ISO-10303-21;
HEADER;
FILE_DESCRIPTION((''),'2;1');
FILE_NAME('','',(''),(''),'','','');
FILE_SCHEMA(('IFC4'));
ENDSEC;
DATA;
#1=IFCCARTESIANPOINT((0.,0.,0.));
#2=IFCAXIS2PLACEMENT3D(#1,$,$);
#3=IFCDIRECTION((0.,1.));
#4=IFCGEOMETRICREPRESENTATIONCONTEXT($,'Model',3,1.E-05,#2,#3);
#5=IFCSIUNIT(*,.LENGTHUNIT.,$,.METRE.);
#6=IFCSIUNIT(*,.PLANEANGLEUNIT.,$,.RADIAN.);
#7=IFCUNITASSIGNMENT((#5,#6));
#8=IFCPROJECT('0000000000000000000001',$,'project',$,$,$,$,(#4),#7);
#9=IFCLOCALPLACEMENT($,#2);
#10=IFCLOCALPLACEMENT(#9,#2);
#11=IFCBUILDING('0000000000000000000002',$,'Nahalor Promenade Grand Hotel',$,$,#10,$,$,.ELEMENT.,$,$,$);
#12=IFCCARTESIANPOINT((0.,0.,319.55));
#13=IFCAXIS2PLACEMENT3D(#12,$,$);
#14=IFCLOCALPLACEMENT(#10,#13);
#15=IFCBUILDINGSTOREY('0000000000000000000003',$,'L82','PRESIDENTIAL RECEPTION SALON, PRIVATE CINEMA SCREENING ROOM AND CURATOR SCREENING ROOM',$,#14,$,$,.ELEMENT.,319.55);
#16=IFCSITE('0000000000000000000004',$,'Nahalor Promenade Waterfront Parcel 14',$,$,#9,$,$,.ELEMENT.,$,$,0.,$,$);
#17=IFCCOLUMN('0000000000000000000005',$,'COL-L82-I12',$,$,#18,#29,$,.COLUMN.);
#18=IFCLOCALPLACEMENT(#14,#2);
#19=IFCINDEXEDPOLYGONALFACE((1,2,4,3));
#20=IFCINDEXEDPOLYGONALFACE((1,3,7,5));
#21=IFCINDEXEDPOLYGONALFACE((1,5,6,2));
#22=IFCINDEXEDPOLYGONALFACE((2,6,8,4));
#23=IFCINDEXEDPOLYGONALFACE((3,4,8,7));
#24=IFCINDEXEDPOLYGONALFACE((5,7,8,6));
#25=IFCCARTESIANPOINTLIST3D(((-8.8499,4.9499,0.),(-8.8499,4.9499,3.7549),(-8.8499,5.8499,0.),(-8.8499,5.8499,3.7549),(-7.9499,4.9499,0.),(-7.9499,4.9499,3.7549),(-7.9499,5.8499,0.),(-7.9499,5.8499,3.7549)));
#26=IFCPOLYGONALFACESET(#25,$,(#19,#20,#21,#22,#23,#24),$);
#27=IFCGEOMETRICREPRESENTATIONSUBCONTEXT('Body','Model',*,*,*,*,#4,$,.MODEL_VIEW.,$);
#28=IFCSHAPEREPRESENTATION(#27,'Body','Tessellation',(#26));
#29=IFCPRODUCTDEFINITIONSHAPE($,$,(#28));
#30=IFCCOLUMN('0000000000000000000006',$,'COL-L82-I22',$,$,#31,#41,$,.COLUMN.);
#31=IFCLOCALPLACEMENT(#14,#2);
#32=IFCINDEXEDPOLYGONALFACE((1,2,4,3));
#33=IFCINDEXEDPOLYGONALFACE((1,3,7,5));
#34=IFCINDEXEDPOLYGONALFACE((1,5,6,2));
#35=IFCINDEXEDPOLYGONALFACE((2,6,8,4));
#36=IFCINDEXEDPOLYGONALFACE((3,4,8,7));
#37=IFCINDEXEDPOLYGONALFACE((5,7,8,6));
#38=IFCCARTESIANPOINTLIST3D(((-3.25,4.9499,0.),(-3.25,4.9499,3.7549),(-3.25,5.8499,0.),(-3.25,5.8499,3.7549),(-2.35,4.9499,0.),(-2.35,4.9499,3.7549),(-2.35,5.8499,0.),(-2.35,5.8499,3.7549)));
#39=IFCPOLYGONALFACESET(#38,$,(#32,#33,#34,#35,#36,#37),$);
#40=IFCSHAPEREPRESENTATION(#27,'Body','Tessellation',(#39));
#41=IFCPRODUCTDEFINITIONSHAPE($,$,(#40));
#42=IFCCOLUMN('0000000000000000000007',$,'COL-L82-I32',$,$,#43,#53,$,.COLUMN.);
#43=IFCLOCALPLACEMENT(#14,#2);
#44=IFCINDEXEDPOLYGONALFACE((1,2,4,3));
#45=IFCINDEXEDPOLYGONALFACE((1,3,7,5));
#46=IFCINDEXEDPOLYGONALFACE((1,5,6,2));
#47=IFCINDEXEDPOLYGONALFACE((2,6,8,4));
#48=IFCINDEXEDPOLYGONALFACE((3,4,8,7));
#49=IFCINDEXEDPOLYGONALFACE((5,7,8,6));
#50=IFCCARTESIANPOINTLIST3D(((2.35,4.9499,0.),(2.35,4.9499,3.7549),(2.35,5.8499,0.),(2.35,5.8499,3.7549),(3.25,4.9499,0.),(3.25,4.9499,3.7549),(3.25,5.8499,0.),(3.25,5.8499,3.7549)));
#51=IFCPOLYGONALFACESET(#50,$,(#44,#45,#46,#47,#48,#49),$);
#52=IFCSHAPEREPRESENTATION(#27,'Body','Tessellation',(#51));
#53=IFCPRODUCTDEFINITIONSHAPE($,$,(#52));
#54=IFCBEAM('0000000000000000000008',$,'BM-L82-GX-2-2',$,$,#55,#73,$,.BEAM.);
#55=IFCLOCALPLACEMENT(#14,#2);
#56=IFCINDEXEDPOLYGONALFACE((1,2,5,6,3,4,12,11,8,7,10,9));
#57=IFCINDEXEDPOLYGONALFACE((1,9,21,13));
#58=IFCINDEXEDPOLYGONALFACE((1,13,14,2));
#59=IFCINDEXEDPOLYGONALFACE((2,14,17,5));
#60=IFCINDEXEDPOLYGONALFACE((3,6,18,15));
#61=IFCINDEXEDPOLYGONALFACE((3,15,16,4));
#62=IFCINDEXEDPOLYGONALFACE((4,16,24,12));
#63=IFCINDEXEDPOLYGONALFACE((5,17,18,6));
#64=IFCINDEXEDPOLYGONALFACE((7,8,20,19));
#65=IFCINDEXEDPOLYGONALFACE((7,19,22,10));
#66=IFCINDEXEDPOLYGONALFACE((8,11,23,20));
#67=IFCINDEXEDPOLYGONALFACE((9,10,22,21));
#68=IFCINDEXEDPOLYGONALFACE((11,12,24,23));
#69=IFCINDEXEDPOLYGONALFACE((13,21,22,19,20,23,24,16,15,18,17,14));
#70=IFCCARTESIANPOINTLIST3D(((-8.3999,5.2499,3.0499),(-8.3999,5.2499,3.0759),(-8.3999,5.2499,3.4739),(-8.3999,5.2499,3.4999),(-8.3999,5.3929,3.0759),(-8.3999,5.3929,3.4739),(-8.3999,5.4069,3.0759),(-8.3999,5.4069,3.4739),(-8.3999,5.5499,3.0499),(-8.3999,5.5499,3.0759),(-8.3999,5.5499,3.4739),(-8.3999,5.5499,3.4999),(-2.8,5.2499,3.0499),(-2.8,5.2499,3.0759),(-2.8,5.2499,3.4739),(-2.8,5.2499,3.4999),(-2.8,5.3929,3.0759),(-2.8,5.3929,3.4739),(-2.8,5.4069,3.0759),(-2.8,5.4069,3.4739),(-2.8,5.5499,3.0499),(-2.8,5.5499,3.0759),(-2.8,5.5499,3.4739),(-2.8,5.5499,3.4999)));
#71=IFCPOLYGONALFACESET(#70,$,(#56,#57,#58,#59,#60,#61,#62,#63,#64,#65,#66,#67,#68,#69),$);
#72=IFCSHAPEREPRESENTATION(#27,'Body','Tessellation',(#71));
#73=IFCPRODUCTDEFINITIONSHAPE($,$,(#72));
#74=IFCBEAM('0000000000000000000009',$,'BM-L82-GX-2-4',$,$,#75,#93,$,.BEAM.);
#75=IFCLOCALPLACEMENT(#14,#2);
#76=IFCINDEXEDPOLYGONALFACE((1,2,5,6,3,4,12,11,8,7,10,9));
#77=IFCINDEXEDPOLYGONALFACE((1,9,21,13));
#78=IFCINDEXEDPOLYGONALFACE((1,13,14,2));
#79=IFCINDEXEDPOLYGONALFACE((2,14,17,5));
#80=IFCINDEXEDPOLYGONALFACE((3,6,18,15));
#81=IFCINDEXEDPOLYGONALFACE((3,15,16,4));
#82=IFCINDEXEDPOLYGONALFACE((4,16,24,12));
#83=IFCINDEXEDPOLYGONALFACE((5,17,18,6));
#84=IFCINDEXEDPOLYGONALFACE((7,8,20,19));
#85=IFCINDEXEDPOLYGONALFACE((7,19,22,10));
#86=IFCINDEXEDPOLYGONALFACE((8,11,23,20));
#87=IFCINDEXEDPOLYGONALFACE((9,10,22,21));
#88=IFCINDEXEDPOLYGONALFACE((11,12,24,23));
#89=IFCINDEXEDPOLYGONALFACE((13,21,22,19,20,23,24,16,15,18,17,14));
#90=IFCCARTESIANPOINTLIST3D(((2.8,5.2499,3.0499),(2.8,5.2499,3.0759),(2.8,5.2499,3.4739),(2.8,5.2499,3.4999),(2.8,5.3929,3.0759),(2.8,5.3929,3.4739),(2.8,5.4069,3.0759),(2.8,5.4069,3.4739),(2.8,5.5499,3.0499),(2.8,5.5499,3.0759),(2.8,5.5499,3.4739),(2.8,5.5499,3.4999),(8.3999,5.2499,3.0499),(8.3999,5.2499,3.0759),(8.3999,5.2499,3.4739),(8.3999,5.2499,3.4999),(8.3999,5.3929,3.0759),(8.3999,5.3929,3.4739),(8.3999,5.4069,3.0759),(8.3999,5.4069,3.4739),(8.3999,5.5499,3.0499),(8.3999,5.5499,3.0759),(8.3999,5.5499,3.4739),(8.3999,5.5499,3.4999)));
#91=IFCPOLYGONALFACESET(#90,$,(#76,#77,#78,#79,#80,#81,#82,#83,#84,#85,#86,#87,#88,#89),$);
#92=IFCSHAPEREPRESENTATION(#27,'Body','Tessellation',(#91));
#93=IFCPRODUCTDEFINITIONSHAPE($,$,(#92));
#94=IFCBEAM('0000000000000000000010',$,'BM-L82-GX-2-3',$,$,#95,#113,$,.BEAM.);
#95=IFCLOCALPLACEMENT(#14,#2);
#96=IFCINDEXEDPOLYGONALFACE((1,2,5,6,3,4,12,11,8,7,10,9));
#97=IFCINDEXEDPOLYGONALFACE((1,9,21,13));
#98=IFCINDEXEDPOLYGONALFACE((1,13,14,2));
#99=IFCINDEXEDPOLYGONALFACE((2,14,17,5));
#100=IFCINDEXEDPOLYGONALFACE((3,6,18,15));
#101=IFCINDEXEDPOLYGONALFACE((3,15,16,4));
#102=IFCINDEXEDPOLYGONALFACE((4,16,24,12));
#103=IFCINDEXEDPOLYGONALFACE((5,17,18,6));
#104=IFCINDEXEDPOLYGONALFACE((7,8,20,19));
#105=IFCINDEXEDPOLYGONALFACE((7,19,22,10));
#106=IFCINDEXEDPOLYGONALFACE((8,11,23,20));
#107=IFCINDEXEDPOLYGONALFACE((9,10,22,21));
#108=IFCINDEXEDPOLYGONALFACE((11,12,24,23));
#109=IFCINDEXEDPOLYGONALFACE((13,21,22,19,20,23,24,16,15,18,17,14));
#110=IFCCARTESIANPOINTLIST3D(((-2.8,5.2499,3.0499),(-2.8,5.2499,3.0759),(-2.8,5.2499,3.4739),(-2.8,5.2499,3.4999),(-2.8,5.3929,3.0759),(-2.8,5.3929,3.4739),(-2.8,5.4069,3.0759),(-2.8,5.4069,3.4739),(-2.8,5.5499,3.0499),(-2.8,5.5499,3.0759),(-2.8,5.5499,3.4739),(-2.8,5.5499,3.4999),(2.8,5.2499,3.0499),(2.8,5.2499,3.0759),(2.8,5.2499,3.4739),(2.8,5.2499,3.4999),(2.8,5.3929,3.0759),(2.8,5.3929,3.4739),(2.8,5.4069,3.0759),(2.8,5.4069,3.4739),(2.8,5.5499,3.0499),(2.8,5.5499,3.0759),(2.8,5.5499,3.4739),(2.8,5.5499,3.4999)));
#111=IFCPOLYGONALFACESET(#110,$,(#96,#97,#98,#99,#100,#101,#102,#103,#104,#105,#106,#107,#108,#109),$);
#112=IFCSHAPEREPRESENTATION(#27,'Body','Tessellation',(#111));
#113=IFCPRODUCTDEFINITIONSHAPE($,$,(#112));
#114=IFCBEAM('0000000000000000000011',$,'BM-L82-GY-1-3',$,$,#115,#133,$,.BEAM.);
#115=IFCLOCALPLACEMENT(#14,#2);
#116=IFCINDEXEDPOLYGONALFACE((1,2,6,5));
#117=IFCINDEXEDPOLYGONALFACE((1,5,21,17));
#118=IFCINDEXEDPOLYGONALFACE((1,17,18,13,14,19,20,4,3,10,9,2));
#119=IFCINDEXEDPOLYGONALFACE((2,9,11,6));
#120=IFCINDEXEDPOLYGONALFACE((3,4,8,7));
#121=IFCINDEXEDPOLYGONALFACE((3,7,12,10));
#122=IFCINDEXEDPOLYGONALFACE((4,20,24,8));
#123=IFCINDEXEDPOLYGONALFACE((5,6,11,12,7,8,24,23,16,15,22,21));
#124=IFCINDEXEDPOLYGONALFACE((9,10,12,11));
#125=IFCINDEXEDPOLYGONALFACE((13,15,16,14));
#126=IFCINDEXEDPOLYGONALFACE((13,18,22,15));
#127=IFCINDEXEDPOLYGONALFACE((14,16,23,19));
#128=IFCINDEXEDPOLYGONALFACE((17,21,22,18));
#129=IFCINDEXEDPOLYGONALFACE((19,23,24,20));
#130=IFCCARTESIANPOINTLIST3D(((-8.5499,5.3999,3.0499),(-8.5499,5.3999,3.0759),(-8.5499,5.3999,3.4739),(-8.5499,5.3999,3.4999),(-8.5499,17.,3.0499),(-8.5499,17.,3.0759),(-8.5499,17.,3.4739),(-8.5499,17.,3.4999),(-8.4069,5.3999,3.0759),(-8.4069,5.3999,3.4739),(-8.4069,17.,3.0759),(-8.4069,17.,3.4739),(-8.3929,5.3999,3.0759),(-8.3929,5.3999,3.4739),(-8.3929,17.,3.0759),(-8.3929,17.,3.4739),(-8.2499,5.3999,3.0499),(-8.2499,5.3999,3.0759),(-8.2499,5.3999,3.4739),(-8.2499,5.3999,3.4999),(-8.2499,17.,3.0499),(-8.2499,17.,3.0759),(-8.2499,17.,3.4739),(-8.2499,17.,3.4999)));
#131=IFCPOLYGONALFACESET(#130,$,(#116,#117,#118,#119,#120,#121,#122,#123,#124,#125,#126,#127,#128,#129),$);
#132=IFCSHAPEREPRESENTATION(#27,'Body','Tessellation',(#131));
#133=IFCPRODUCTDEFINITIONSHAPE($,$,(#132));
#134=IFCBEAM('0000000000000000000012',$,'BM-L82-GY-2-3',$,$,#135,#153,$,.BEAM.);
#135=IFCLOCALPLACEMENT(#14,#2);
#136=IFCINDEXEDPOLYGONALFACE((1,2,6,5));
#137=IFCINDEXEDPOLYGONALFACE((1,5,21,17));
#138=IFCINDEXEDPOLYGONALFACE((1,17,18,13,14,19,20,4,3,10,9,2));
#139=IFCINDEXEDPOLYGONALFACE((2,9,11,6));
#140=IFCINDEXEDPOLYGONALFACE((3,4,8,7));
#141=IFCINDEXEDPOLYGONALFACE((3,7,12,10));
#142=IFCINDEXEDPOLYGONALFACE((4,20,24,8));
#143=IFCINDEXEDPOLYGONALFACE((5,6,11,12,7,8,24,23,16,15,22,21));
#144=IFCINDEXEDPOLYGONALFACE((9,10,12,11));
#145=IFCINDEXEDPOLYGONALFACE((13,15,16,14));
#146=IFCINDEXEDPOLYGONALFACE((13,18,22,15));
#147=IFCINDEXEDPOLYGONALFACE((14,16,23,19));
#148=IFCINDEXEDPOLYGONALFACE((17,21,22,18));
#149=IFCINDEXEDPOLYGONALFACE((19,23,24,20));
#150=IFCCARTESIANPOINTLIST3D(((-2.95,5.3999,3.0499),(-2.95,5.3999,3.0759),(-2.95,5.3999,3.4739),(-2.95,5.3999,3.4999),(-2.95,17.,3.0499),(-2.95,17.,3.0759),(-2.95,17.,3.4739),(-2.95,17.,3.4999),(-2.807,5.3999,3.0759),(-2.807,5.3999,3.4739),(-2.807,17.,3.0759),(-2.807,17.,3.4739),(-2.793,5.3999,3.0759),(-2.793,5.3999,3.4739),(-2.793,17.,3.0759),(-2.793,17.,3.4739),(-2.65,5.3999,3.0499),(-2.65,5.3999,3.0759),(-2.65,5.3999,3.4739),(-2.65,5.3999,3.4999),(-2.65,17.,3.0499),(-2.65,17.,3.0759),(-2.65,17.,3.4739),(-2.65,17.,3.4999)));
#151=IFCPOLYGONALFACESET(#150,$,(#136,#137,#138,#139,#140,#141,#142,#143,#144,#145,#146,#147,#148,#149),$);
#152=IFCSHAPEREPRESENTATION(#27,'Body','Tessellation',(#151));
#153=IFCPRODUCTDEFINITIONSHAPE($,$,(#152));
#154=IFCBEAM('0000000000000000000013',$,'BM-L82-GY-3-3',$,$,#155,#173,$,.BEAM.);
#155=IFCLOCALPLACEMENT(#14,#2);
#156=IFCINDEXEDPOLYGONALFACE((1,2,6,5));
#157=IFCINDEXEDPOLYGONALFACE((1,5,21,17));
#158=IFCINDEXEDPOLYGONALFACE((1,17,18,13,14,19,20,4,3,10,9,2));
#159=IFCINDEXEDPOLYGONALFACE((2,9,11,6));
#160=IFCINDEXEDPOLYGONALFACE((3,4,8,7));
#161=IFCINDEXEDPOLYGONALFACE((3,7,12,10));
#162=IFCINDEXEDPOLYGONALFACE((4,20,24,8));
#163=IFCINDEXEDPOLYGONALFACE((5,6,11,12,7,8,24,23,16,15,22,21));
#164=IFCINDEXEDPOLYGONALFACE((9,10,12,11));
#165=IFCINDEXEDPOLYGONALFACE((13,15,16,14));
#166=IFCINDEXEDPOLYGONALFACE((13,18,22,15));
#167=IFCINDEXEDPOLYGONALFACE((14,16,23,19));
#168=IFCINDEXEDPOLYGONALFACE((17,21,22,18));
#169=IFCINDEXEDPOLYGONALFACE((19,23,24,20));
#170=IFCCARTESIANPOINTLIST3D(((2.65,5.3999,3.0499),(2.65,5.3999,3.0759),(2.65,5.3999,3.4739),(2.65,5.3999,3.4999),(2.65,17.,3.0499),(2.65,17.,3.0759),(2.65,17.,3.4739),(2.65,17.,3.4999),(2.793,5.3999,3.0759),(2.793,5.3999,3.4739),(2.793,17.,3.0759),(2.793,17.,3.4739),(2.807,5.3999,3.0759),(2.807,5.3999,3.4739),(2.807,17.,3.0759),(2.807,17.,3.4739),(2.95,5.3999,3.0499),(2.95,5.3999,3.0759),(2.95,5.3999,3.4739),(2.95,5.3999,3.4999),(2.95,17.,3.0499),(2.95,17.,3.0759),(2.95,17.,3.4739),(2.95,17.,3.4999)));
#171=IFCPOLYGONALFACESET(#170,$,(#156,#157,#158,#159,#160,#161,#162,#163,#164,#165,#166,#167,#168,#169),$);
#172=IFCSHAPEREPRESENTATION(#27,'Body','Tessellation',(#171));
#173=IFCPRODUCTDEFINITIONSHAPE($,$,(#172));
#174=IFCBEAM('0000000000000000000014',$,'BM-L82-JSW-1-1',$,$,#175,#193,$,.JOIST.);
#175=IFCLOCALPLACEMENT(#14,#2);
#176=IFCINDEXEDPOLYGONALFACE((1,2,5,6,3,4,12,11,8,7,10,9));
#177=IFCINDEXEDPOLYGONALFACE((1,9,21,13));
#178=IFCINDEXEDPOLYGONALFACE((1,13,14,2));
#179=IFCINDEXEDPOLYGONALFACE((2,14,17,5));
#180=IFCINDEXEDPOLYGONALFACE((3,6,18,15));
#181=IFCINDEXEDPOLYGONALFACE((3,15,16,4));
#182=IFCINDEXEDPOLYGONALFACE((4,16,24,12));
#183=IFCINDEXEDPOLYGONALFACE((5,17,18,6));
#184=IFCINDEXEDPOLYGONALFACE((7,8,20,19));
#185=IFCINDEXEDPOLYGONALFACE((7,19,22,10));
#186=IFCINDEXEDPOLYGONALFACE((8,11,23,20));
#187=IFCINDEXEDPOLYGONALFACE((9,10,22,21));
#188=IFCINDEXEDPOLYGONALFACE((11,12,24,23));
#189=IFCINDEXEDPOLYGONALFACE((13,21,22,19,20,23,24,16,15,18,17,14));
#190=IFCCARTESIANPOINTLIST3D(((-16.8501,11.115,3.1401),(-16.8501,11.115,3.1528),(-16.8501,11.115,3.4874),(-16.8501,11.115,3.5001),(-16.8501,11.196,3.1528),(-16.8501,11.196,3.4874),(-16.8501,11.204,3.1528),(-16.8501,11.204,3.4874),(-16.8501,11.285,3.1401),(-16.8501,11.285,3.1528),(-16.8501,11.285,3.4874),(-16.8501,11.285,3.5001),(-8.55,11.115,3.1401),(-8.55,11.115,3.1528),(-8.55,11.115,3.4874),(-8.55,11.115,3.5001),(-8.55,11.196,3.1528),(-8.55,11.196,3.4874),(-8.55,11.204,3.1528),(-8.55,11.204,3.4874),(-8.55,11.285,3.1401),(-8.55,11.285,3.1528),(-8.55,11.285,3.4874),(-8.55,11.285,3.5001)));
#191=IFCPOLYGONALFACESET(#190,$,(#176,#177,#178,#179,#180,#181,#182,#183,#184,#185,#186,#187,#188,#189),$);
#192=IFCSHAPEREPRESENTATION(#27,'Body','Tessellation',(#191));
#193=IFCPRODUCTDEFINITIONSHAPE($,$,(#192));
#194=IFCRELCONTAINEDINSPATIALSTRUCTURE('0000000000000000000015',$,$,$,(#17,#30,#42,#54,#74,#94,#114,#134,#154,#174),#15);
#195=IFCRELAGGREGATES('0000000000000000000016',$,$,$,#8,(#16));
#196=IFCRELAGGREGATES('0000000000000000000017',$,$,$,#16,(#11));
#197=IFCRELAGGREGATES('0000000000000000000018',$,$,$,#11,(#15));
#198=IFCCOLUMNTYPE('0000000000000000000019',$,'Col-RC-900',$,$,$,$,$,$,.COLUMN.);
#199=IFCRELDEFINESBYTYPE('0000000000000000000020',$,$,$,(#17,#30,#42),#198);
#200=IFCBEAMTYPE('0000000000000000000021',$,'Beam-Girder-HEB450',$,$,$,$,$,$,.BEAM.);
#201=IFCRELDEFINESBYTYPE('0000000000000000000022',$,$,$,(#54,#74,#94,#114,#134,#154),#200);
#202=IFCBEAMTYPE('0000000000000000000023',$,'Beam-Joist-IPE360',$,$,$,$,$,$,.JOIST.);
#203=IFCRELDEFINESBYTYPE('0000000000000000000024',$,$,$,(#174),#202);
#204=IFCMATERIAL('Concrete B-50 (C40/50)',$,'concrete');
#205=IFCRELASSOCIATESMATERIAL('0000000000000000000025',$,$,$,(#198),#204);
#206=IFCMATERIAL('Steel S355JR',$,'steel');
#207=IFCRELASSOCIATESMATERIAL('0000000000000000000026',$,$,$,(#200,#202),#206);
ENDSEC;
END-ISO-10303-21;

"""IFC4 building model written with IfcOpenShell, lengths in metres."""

from ifc_helpers import new_model, si_unit, direction, frame, origin, origin_2d, place, context, subcontext, project, spatial, rectangle, i_section, extrude, source, transform, mapped, material, material_profile, profile_set, type_object, element, save


model = new_model("IFC4")

# Units and contexts
model_context = context("Model", 3, precision=1e-05, world=origin(), true_north=direction((0.0, 1.0)))
body_context = subcontext(model_context, "Body", "Model", "MODEL_VIEW")
ifc_project = project(units=[si_unit("LENGTHUNIT", "METRE"), si_unit("PLANEANGLEUNIT", "RADIAN")], contexts=[model_context])

# Site, building, storey
site_placement = place(None, origin())
site = spatial("IfcSite", under=ifc_project, at=site_placement, Name="Nahalor Promenade Waterfront Parcel 14", CompositionType="ELEMENT", RefElevation=0.0)
building_placement = place(site_placement, origin())
building = spatial("IfcBuilding", under=site, at=building_placement, Name="Nahalor Promenade Grand Hotel", CompositionType="ELEMENT")
storey_placement = place(building_placement, frame((0.0, 0.0, 319.55)))
storey = spatial("IfcBuildingStorey", under=building, at=storey_placement, Name="L82", Description="PRESIDENTIAL RECEPTION SALON, PRIVATE CINEMA SCREENING ROOM AND CURATOR SCREENING ROOM", CompositionType="ELEMENT", Elevation=319.55)

# Columns
ifc_material_1 = material(Name="Concrete B-50 (C40/50)", Category="concrete")
ifc_material_profile_1 = material_profile(ifc_material_1, rectangle(XDim=0.9, YDim=0.9, at=origin_2d()), Name="RC 900x900")
ifc_profile_set_1 = profile_set([ifc_material_profile_1], Name="Concrete B-50 (C40/50)")
column_type = type_object("IfcColumnType", Name="Col-RC-900", PredefinedType="COLUMN", material=ifc_profile_set_1)
shared_shape_1 = source(origin(), body_context, "Body", "SweptSolid", [
    extrude(rectangle(XDim=0.9, YDim=0.9, at=origin_2d()), origin(), (0.0, 0.0, 1.0), 3.7549),
])
for number, where, z_axis, x_axis, name in (
    (1, (-8.3999, 5.3999, 0.0), (0.0, 0.0, 1.0), (1.0, 0.0, 0.0), "COL-L82-I12"),
    (2, (-2.8, 5.3999, 0.0), (0.0, 0.0, 1.0), (1.0, 0.0, 0.0), "COL-L82-I22"),
    (3, (2.8, 5.3999, 0.0), (0.0, 0.0, 1.0), (1.0, 0.0, 0.0), "COL-L82-I32"),
):
    element("IfcColumn", number, at=place(storey_placement, frame(where, z_axis=z_axis, x_axis=x_axis)), inside=storey, type_object=column_type, Name=name, PredefinedType="COLUMN", context=body_context, shape_type="MappedRepresentation", body=[
        mapped(shared_shape_1, transform((0.0, 0.0, 0.0), scale=1.0)),
    ])

# Beams
ifc_material_2 = material(Name="Steel S355JR", Category="steel")
ifc_material_profile_2 = material_profile(ifc_material_2, i_section(OverallWidth=0.3, OverallDepth=0.45, WebThickness=0.014, FlangeThickness=0.026, at=origin_2d()), Name="HEB 450")
ifc_profile_set_2 = profile_set([ifc_material_profile_2], Name="Steel S355JR")
beam_type_1 = type_object("IfcBeamType", Name="Beam-Girder-HEB450", PredefinedType="BEAM", material=ifc_profile_set_2)
shared_shape_2 = source(origin(), body_context, "Body", "SweptSolid", [
    extrude(i_section(OverallWidth=0.3, OverallDepth=0.45, WebThickness=0.014, FlangeThickness=0.026, at=origin_2d()), origin(), (0.0, 0.0, 1.0), 5.5999),
])
for number, where, z_axis, x_axis, name in (
    (4, (-8.3999, 5.3999, 3.2749), (1.0, 0.0, 0.0), (0.0, 1.0, 0.0), "BM-L82-GX-2-2"),
    (5, (2.8, 5.3999, 3.2749), (1.0, 0.0, 0.0), (0.0, 1.0, 0.0), "BM-L82-GX-2-4"),
):
    element("IfcBeam", number, at=place(storey_placement, frame(where, z_axis=z_axis, x_axis=x_axis)), inside=storey, type_object=beam_type_1, Name=name, PredefinedType="BEAM", context=body_context, shape_type="MappedRepresentation", body=[
        mapped(shared_shape_2, transform((0.0, 0.0, 0.0), scale=1.0)),
    ])
shared_shape_3 = source(origin(), body_context, "Body", "SweptSolid", [
    extrude(i_section(OverallWidth=0.3, OverallDepth=0.45, WebThickness=0.014, FlangeThickness=0.026, at=origin_2d()), origin(), (0.0, 0.0, 1.0), 5.6001),
])
beam_placement = place(storey_placement, frame((-2.8, 5.3999, 3.2749), z_axis=(1.0, 0.0, 0.0), x_axis=(0.0, 1.0, 0.0)))
element("IfcBeam", 6, at=beam_placement, inside=storey, type_object=beam_type_1, Name="BM-L82-GX-2-3", PredefinedType="BEAM", context=body_context, shape_type="MappedRepresentation", body=[
    mapped(shared_shape_3, transform((0.0, 0.0, 0.0), scale=1.0)),
])
shared_shape_4 = source(origin(), body_context, "Body", "SweptSolid", [
    extrude(i_section(OverallWidth=0.3, OverallDepth=0.45, WebThickness=0.014, FlangeThickness=0.026, at=origin_2d()), origin(), (0.0, 0.0, 1.0), 11.6001),
])
for number, where, z_axis, x_axis, name in (
    (7, (-8.3999, 5.3999, 3.2749), (0.0, 1.0, 0.0), (-1.0, 0.0, 0.0), "BM-L82-GY-1-3"),
    (8, (-2.8, 5.3999, 3.2749), (0.0, 1.0, 0.0), (-1.0, 0.0, 0.0), "BM-L82-GY-2-3"),
    (9, (2.8, 5.3999, 3.2749), (0.0, 1.0, 0.0), (-1.0, 0.0, 0.0), "BM-L82-GY-3-3"),
):
    element("IfcBeam", number, at=place(storey_placement, frame(where, z_axis=z_axis, x_axis=x_axis)), inside=storey, type_object=beam_type_1, Name=name, PredefinedType="BEAM", context=body_context, shape_type="MappedRepresentation", body=[
        mapped(shared_shape_4, transform((0.0, 0.0, 0.0), scale=1.0)),
    ])
ifc_material_profile_3 = material_profile(ifc_material_2, i_section(OverallWidth=0.17, OverallDepth=0.36, WebThickness=0.008, FlangeThickness=0.0127, at=origin_2d()), Name="IPE 360")
ifc_profile_set_3 = profile_set([ifc_material_profile_3], Name="Steel S355JR")
beam_type_2 = type_object("IfcBeamType", Name="Beam-Joist-IPE360", PredefinedType="JOIST", material=ifc_profile_set_3)
shared_shape_5 = source(origin(), body_context, "Body", "SweptSolid", [
    extrude(i_section(OverallWidth=0.17, OverallDepth=0.36, WebThickness=0.008, FlangeThickness=0.0127, at=origin_2d()), origin(), (0.0, 0.0, 1.0), 8.3),
])
for number, where, z_axis, x_axis, name in (
    (10, (-16.8501, 11.2, 3.3201), (1.0, 0.0, 0.0), (0.0, 1.0, 0.0), "BM-L82-JSW-1-1"),
):
    element("IfcBeam", number, at=place(storey_placement, frame(where, z_axis=z_axis, x_axis=x_axis)), inside=storey, type_object=beam_type_2, Name=name, PredefinedType="JOIST", context=body_context, shape_type="MappedRepresentation", body=[
        mapped(shared_shape_5, transform((0.0, 0.0, 0.0), scale=1.0)),
    ])

save(model, "model.ifc")
